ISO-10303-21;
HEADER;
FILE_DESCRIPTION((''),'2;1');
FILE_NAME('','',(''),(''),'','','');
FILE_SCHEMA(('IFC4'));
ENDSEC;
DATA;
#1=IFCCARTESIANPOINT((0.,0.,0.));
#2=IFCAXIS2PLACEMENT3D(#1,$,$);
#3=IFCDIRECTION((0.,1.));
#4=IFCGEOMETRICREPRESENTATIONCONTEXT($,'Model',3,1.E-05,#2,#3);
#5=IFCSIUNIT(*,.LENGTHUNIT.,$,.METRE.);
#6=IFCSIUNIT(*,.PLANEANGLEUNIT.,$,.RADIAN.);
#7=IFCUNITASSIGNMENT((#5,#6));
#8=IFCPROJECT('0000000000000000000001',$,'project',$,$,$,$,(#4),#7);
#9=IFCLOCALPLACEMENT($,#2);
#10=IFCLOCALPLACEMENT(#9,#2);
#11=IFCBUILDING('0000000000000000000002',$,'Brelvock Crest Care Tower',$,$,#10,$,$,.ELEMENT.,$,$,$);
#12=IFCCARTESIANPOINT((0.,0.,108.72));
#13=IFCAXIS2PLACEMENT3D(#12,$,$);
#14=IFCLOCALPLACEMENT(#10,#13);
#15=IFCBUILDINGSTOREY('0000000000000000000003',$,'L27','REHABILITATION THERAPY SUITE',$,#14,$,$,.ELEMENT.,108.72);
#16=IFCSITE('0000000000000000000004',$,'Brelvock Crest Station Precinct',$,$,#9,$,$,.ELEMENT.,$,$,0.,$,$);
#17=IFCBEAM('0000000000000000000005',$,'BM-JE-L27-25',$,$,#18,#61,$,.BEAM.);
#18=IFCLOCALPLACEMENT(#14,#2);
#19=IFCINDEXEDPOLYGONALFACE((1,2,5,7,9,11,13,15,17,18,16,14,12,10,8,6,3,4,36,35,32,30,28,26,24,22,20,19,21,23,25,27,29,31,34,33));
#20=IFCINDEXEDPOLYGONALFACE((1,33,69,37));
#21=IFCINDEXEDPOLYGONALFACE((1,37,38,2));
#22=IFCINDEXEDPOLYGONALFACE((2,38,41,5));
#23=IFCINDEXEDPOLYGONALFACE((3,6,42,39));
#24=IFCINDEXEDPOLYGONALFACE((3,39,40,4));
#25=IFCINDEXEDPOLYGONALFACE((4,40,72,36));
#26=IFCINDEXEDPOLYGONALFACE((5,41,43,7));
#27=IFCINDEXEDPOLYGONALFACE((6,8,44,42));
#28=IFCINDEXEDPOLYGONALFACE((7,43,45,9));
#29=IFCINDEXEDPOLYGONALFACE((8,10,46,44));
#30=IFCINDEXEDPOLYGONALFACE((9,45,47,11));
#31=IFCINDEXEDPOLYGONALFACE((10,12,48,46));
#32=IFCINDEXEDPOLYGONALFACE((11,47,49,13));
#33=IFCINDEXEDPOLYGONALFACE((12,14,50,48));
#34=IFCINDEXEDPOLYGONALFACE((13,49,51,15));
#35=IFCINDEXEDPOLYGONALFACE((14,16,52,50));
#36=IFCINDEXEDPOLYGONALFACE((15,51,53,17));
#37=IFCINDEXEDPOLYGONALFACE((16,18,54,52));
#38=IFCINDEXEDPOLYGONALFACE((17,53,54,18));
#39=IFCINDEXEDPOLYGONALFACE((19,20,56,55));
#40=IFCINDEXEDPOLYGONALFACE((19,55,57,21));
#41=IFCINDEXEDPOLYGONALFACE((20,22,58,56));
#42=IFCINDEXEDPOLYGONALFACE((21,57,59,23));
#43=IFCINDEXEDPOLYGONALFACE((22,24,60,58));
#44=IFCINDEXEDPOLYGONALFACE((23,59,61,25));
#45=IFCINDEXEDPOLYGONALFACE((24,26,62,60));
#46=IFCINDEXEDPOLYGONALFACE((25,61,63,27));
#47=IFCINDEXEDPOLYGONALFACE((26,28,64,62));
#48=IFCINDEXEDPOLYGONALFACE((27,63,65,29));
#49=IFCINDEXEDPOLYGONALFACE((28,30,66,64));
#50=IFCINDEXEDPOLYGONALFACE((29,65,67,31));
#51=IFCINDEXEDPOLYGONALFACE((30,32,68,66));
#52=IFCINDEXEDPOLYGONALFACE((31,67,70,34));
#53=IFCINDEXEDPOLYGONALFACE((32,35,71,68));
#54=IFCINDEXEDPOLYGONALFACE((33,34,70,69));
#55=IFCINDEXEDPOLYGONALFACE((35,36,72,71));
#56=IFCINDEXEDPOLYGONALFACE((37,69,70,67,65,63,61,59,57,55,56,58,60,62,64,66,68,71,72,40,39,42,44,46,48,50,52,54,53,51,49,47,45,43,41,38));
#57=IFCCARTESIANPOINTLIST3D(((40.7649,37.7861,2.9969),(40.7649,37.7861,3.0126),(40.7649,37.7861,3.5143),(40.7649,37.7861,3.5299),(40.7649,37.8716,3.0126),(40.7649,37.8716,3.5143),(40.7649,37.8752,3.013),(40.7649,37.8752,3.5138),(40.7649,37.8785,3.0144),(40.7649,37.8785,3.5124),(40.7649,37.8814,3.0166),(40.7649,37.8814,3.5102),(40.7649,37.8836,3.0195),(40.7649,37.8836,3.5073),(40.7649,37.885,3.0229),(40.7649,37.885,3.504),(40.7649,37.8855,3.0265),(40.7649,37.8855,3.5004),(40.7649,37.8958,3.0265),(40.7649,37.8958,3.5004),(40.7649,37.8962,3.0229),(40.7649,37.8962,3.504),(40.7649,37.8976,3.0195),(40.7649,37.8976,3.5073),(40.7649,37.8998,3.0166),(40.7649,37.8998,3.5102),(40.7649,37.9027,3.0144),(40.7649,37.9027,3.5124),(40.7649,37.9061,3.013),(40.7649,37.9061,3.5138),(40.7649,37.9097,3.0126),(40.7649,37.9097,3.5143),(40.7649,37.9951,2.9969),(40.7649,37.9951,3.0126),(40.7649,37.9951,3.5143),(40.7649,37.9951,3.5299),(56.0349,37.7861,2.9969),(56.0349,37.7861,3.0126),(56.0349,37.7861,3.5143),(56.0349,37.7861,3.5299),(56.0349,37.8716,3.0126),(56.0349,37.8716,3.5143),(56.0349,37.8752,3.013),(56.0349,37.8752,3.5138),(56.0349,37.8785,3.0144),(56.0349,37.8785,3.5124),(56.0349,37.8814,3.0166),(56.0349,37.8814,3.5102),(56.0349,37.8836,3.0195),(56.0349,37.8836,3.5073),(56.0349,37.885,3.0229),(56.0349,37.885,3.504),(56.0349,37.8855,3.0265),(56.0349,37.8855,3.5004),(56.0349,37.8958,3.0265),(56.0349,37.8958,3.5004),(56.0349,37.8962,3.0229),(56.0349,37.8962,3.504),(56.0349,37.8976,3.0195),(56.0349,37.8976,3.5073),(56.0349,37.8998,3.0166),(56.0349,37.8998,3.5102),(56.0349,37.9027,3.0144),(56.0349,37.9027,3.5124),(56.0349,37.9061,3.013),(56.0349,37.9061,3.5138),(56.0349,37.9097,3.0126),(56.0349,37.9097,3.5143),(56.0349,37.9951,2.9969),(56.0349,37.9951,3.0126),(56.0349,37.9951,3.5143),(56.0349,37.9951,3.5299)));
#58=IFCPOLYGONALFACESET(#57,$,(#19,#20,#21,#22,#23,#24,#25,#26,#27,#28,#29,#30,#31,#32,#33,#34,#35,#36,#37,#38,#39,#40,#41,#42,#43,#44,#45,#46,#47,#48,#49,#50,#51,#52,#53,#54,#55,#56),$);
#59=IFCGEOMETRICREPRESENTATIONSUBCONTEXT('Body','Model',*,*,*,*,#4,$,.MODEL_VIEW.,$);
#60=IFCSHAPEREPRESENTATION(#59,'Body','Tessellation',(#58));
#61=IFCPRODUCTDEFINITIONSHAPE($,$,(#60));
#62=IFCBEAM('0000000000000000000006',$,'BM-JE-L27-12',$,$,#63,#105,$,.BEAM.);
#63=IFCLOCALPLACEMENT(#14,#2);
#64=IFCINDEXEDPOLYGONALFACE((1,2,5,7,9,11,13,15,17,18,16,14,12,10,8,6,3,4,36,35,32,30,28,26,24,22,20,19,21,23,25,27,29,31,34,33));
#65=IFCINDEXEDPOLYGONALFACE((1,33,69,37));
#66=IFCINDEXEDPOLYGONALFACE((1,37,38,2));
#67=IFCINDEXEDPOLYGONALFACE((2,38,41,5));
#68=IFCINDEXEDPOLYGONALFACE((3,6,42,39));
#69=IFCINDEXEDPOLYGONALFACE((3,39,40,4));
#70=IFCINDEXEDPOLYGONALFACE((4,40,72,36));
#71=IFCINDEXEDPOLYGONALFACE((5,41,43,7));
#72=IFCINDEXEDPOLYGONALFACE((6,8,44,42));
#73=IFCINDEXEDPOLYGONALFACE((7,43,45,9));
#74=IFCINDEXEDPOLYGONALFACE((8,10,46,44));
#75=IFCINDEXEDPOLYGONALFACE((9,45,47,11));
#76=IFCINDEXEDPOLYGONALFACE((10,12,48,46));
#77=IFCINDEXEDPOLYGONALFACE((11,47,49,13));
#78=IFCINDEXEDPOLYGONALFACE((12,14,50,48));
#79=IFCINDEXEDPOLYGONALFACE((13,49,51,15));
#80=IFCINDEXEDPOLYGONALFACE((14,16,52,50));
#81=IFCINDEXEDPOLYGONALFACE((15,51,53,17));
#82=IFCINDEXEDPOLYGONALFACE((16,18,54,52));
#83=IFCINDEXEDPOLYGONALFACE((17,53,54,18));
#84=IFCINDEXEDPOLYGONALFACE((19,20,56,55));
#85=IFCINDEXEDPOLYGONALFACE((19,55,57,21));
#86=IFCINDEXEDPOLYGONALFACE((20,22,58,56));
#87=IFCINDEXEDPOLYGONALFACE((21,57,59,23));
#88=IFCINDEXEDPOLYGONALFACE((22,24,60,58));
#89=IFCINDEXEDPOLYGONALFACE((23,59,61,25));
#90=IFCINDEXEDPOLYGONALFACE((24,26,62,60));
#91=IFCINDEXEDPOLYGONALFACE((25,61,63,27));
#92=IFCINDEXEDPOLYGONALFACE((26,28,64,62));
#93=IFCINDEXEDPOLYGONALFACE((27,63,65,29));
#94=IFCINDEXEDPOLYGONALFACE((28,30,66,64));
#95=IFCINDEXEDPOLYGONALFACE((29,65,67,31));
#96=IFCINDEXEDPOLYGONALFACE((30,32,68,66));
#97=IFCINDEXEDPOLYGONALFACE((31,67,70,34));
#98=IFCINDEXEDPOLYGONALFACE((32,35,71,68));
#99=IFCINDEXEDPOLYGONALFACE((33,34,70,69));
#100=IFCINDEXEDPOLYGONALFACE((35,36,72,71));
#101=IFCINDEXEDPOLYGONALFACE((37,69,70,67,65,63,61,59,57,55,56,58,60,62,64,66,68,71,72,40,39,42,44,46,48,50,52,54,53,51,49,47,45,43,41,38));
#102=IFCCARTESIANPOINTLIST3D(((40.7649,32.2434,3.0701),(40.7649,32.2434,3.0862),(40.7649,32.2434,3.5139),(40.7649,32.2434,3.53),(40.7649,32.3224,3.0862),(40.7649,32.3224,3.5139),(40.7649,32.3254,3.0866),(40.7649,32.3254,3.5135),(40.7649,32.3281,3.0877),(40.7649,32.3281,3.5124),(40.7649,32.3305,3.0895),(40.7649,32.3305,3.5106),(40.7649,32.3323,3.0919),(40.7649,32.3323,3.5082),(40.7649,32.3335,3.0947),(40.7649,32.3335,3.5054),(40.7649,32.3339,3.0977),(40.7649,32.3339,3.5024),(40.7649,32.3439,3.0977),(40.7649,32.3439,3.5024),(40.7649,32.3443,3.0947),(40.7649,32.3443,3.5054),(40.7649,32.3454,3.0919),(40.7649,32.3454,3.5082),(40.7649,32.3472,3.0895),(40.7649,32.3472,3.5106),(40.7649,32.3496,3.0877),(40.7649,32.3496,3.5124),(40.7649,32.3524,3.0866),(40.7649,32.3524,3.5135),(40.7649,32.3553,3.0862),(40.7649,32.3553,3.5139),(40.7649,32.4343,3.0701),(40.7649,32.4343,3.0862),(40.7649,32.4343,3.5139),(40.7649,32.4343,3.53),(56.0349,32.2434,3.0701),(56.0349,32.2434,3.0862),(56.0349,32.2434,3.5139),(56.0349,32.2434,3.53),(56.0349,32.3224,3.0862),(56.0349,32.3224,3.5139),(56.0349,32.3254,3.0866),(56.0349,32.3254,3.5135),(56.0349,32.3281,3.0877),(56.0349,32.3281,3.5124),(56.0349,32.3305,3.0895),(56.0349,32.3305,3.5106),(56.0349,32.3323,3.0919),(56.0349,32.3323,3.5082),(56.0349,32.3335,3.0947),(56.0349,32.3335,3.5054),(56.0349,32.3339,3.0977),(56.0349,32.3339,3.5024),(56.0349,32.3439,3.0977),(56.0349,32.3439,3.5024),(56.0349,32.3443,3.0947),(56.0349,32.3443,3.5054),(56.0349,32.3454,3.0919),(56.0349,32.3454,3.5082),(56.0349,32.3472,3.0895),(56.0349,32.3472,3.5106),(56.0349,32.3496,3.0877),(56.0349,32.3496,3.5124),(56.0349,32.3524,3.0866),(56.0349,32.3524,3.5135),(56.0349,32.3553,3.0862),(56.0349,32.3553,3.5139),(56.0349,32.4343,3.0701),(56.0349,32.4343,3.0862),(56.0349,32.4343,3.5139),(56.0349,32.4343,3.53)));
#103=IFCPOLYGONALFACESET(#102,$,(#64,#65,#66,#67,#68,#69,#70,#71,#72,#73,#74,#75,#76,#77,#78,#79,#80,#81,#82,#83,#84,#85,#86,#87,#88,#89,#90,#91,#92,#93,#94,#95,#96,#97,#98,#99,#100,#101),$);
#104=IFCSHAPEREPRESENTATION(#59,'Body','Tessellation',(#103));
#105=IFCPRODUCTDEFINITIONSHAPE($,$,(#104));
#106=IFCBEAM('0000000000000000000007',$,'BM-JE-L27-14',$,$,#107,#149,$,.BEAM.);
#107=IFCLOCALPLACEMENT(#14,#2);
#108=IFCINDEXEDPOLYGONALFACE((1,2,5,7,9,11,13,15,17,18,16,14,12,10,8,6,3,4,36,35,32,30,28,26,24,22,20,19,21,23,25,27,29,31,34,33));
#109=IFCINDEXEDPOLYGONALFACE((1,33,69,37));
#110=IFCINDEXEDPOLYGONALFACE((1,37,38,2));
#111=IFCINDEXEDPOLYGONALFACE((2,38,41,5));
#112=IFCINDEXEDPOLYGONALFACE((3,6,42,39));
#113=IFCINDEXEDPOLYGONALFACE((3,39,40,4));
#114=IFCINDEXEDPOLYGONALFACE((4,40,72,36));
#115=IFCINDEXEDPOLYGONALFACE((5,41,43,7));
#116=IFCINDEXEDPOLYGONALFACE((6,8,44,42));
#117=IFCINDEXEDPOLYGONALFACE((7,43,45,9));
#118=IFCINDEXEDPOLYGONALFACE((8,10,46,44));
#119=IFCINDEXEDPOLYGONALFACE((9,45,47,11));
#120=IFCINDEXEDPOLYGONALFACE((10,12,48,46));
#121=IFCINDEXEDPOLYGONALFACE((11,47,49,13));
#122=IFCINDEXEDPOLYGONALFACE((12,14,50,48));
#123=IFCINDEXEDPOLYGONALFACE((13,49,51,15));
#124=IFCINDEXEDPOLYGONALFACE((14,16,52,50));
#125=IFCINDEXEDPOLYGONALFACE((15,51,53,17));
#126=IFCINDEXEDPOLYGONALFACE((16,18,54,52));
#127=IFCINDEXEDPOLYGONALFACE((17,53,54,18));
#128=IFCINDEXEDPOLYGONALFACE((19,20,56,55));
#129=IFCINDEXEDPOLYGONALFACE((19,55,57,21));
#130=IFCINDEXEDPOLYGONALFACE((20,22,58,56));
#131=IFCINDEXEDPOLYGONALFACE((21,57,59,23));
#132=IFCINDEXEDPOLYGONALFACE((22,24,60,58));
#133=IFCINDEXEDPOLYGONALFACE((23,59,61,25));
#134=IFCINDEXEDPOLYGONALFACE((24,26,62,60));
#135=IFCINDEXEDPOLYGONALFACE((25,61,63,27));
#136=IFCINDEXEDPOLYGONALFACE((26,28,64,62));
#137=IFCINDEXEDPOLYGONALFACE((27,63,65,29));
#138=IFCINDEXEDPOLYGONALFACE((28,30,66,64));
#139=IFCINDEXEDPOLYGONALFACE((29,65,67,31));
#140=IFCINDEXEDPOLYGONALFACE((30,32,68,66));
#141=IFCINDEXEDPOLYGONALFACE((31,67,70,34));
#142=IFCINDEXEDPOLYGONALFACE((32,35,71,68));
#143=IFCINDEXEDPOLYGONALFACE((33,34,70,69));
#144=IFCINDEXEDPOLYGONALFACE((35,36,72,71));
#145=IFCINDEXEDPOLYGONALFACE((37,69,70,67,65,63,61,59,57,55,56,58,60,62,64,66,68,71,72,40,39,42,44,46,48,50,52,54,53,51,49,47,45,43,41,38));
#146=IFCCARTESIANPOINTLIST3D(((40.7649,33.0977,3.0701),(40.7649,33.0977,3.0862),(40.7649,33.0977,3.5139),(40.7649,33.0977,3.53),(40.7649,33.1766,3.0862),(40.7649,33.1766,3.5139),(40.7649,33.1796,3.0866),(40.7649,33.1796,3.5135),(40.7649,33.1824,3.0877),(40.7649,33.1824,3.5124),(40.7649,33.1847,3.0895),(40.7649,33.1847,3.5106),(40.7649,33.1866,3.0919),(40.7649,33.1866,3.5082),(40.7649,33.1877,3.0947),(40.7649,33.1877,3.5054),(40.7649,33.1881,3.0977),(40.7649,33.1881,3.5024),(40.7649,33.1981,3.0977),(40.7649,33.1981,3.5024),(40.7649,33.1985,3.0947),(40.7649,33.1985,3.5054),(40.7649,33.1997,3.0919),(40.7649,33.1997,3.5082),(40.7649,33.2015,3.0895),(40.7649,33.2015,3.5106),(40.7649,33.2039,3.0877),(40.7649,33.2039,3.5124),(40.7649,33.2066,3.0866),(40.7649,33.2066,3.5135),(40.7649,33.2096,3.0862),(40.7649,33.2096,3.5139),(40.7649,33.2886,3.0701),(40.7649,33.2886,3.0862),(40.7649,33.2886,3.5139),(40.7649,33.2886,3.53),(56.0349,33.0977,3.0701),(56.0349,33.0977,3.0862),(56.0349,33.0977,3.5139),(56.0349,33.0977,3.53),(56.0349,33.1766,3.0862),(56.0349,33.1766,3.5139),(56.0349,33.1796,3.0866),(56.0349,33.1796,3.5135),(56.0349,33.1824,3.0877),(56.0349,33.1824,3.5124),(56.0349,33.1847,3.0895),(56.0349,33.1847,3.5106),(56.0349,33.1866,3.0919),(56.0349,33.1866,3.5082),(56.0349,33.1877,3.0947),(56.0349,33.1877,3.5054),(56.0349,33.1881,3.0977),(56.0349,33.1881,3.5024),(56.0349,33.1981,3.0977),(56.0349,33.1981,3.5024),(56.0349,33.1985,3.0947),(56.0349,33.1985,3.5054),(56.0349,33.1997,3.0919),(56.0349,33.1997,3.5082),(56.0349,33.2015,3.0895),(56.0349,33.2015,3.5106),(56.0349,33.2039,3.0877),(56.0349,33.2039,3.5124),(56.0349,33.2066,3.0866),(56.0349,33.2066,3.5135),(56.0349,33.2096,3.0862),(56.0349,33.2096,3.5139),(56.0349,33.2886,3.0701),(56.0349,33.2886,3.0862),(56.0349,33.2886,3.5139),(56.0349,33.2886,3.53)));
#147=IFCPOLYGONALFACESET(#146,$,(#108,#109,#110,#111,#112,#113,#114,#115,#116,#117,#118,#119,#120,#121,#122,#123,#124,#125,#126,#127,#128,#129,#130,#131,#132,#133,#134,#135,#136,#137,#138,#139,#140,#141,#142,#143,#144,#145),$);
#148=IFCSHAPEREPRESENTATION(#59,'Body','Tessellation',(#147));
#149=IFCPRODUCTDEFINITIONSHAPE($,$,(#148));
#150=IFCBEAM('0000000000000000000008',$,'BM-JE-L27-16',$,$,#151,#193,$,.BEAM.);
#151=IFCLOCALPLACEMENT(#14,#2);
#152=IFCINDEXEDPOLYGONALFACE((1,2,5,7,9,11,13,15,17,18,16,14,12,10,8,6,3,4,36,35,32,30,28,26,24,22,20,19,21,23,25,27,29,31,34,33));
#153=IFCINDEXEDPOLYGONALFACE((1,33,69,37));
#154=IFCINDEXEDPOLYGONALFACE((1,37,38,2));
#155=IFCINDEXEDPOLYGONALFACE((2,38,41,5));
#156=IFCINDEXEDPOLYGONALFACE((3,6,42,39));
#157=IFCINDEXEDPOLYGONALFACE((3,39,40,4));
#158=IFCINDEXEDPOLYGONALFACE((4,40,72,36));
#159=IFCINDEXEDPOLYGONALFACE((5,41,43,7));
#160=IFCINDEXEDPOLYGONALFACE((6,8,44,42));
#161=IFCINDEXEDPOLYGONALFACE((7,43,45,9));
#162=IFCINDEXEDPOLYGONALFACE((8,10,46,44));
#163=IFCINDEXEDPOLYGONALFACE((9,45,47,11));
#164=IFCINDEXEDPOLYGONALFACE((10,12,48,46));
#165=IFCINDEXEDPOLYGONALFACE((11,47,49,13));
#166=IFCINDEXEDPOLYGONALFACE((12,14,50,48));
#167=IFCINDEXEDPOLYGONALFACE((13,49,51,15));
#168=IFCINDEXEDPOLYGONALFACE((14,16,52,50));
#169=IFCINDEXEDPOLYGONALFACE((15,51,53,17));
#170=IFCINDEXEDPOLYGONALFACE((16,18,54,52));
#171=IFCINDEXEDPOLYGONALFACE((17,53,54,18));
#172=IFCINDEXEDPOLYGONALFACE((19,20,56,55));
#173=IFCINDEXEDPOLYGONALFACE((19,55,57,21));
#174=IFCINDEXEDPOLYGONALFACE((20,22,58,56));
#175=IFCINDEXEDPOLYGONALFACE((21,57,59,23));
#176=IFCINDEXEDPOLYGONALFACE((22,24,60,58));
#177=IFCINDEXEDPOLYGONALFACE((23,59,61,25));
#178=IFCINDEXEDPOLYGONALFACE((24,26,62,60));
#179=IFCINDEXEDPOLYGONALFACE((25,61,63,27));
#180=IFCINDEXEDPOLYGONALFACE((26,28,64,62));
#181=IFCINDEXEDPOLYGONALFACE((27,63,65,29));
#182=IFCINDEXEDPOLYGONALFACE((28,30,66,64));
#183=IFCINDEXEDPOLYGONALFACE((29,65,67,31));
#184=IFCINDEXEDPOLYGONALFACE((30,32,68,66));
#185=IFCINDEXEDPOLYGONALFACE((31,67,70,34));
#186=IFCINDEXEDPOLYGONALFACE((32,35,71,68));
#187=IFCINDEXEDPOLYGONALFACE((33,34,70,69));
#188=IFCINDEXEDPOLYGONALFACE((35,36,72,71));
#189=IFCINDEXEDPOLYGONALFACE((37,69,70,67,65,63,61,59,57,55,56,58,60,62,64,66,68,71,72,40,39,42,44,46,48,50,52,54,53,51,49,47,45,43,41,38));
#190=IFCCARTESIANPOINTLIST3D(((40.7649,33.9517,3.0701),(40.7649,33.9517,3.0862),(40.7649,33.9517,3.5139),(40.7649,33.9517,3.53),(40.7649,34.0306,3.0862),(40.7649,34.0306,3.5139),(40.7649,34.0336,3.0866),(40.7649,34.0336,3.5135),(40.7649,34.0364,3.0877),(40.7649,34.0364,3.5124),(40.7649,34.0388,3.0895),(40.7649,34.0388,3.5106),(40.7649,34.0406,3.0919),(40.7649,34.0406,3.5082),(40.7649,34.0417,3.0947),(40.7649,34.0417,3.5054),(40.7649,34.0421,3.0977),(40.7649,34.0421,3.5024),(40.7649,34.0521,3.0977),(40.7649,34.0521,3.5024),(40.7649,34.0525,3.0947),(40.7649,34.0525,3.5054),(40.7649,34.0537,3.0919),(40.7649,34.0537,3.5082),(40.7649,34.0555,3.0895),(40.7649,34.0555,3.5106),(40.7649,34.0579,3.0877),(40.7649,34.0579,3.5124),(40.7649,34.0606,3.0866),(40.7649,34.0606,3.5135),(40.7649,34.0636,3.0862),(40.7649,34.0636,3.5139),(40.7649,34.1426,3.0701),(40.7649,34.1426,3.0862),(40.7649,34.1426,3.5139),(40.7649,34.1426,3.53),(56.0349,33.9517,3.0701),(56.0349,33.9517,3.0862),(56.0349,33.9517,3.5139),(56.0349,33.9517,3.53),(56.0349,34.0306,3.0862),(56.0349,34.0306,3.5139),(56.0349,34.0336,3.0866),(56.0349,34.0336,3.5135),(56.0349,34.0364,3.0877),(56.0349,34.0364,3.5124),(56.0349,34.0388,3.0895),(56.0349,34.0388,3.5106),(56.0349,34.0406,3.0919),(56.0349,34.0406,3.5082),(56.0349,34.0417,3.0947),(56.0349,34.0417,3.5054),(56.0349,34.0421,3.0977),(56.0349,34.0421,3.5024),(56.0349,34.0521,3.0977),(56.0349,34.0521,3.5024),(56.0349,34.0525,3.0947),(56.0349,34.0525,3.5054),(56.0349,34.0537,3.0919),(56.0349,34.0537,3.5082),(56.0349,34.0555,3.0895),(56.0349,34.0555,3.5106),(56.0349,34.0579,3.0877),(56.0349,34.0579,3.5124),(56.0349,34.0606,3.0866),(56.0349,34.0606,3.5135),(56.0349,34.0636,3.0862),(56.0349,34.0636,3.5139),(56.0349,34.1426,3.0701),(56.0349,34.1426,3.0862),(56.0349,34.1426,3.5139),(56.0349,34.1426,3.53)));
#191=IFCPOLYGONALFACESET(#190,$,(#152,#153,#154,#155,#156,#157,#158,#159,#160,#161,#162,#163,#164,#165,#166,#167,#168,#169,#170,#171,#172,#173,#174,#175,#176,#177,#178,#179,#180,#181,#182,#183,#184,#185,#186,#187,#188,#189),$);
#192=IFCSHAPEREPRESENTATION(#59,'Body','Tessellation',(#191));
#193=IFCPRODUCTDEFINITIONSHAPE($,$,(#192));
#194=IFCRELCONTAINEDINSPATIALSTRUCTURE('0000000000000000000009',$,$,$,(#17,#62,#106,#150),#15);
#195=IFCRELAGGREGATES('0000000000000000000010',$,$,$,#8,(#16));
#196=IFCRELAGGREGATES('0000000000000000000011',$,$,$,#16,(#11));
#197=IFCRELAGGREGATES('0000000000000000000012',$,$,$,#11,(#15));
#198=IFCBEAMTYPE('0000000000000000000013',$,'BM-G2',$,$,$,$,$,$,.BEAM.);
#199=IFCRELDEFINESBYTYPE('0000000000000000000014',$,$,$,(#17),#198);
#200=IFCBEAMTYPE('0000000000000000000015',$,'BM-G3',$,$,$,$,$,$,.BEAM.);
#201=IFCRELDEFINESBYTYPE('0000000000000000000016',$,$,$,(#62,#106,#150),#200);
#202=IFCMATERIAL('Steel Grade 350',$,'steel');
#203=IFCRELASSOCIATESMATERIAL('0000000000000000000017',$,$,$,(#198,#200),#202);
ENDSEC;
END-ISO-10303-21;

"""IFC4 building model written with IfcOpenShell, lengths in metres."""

from ifc_helpers import new_model, si_unit, direction, frame, origin, origin_2d, place, context, subcontext, project, spatial, i_section, extrude, source, transform, mapped, material, material_profile, profile_set, type_object, element, save


model = new_model("IFC4")

# Units and contexts
model_context = context("Model", 3, precision=1e-05, world=origin(), true_north=direction((0.0, 1.0)))
body_context = subcontext(model_context, "Body", "Model", "MODEL_VIEW")
ifc_project = project(units=[si_unit("LENGTHUNIT", "METRE"), si_unit("PLANEANGLEUNIT", "RADIAN")], contexts=[model_context])

# Site, building, storey
site_placement = place(None, origin())
site = spatial("IfcSite", under=ifc_project, at=site_placement, Name="Brelvock Crest Station Precinct", CompositionType="ELEMENT", RefElevation=0.0)
building_placement = place(site_placement, origin())
building = spatial("IfcBuilding", under=site, at=building_placement, Name="Brelvock Crest Care Tower", CompositionType="ELEMENT")
storey_placement = place(building_placement, frame((0.0, 0.0, 108.72)))
storey = spatial("IfcBuildingStorey", under=building, at=storey_placement, Name="L27", Description="REHABILITATION THERAPY SUITE", CompositionType="ELEMENT", Elevation=108.72)

# Beams
ifc_material_1 = material(Name="Steel Grade 350", Category="steel")
ifc_material_profile_1 = material_profile(ifc_material_1, i_section(OverallWidth=0.209, OverallDepth=0.533, WebThickness=0.0103, FlangeThickness=0.0156, FilletRadius=0.0139, at=origin_2d()), Name="530UB92.4")
ifc_profile_set_1 = profile_set([ifc_material_profile_1], Name="Steel Grade 350")
beam_type_1 = type_object("IfcBeamType", Name="BM-G2", PredefinedType="BEAM", material=ifc_profile_set_1)
shared_shape_1 = source(origin(), body_context, "Body", "SweptSolid", [
    extrude(i_section(OverallWidth=0.209, OverallDepth=0.533, WebThickness=0.0103, FlangeThickness=0.0156, FilletRadius=0.0139, at=origin_2d()), origin(), (0.0, 0.0, 1.0), 15.27),
])
for number, where, z_axis, x_axis, name in (
    (1, (40.7649, 37.8906, 3.2634), (1.0, 0.0, 0.0), (0.0, 1.0, 0.0), "BM-JE-L27-25"),
):
    element("IfcBeam", number, at=place(storey_placement, frame(where, z_axis=z_axis, x_axis=x_axis)), inside=storey, type_object=beam_type_1, Name=name, PredefinedType="BEAM", context=body_context, shape_type="MappedRepresentation", body=[
        mapped(shared_shape_1, transform((0.0, 0.0, 0.0), x_axis=(1.0, 0.0, 0.0), y_axis=(0.0, 1.0, 0.0), z_axis=(0.0, 0.0, 1.0), scale=1.0)),
    ])
ifc_material_profile_2 = material_profile(ifc_material_1, i_section(OverallWidth=0.1909, OverallDepth=0.46, WebThickness=0.01, FlangeThickness=0.0161, FilletRadius=0.0115, at=origin_2d()), Name="460UB82.1")
ifc_profile_set_2 = profile_set([ifc_material_profile_2], Name="Steel Grade 350")
beam_type_2 = type_object("IfcBeamType", Name="BM-G3", PredefinedType="BEAM", material=ifc_profile_set_2)
shared_shape_2 = source(origin(), body_context, "Body", "SweptSolid", [
    extrude(i_section(OverallWidth=0.1909, OverallDepth=0.46, WebThickness=0.01, FlangeThickness=0.0161, FilletRadius=0.0115, at=origin_2d()), origin(), (0.0, 0.0, 1.0), 15.27),
])
for number, where, z_axis, x_axis, name in (
    (2, (40.7649, 32.3389, 3.3), (1.0, 0.0, 0.0), (0.0, 1.0, 0.0), "BM-JE-L27-12"),
    (3, (40.7649, 33.1931, 3.3), (1.0, 0.0, 0.0), (0.0, 1.0, 0.0), "BM-JE-L27-14"),
    (4, (40.7649, 34.0471, 3.3), (1.0, 0.0, 0.0), (0.0, 1.0, 0.0), "BM-JE-L27-16"),
):
    element("IfcBeam", number, at=place(storey_placement, frame(where, z_axis=z_axis, x_axis=x_axis)), inside=storey, type_object=beam_type_2, Name=name, PredefinedType="BEAM", context=body_context, shape_type="MappedRepresentation", body=[
        mapped(shared_shape_2, transform((0.0, 0.0, 0.0), x_axis=(1.0, 0.0, 0.0), y_axis=(0.0, 1.0, 0.0), z_axis=(0.0, 0.0, 1.0), scale=1.0)),
    ])

save(model, "model.ifc")
